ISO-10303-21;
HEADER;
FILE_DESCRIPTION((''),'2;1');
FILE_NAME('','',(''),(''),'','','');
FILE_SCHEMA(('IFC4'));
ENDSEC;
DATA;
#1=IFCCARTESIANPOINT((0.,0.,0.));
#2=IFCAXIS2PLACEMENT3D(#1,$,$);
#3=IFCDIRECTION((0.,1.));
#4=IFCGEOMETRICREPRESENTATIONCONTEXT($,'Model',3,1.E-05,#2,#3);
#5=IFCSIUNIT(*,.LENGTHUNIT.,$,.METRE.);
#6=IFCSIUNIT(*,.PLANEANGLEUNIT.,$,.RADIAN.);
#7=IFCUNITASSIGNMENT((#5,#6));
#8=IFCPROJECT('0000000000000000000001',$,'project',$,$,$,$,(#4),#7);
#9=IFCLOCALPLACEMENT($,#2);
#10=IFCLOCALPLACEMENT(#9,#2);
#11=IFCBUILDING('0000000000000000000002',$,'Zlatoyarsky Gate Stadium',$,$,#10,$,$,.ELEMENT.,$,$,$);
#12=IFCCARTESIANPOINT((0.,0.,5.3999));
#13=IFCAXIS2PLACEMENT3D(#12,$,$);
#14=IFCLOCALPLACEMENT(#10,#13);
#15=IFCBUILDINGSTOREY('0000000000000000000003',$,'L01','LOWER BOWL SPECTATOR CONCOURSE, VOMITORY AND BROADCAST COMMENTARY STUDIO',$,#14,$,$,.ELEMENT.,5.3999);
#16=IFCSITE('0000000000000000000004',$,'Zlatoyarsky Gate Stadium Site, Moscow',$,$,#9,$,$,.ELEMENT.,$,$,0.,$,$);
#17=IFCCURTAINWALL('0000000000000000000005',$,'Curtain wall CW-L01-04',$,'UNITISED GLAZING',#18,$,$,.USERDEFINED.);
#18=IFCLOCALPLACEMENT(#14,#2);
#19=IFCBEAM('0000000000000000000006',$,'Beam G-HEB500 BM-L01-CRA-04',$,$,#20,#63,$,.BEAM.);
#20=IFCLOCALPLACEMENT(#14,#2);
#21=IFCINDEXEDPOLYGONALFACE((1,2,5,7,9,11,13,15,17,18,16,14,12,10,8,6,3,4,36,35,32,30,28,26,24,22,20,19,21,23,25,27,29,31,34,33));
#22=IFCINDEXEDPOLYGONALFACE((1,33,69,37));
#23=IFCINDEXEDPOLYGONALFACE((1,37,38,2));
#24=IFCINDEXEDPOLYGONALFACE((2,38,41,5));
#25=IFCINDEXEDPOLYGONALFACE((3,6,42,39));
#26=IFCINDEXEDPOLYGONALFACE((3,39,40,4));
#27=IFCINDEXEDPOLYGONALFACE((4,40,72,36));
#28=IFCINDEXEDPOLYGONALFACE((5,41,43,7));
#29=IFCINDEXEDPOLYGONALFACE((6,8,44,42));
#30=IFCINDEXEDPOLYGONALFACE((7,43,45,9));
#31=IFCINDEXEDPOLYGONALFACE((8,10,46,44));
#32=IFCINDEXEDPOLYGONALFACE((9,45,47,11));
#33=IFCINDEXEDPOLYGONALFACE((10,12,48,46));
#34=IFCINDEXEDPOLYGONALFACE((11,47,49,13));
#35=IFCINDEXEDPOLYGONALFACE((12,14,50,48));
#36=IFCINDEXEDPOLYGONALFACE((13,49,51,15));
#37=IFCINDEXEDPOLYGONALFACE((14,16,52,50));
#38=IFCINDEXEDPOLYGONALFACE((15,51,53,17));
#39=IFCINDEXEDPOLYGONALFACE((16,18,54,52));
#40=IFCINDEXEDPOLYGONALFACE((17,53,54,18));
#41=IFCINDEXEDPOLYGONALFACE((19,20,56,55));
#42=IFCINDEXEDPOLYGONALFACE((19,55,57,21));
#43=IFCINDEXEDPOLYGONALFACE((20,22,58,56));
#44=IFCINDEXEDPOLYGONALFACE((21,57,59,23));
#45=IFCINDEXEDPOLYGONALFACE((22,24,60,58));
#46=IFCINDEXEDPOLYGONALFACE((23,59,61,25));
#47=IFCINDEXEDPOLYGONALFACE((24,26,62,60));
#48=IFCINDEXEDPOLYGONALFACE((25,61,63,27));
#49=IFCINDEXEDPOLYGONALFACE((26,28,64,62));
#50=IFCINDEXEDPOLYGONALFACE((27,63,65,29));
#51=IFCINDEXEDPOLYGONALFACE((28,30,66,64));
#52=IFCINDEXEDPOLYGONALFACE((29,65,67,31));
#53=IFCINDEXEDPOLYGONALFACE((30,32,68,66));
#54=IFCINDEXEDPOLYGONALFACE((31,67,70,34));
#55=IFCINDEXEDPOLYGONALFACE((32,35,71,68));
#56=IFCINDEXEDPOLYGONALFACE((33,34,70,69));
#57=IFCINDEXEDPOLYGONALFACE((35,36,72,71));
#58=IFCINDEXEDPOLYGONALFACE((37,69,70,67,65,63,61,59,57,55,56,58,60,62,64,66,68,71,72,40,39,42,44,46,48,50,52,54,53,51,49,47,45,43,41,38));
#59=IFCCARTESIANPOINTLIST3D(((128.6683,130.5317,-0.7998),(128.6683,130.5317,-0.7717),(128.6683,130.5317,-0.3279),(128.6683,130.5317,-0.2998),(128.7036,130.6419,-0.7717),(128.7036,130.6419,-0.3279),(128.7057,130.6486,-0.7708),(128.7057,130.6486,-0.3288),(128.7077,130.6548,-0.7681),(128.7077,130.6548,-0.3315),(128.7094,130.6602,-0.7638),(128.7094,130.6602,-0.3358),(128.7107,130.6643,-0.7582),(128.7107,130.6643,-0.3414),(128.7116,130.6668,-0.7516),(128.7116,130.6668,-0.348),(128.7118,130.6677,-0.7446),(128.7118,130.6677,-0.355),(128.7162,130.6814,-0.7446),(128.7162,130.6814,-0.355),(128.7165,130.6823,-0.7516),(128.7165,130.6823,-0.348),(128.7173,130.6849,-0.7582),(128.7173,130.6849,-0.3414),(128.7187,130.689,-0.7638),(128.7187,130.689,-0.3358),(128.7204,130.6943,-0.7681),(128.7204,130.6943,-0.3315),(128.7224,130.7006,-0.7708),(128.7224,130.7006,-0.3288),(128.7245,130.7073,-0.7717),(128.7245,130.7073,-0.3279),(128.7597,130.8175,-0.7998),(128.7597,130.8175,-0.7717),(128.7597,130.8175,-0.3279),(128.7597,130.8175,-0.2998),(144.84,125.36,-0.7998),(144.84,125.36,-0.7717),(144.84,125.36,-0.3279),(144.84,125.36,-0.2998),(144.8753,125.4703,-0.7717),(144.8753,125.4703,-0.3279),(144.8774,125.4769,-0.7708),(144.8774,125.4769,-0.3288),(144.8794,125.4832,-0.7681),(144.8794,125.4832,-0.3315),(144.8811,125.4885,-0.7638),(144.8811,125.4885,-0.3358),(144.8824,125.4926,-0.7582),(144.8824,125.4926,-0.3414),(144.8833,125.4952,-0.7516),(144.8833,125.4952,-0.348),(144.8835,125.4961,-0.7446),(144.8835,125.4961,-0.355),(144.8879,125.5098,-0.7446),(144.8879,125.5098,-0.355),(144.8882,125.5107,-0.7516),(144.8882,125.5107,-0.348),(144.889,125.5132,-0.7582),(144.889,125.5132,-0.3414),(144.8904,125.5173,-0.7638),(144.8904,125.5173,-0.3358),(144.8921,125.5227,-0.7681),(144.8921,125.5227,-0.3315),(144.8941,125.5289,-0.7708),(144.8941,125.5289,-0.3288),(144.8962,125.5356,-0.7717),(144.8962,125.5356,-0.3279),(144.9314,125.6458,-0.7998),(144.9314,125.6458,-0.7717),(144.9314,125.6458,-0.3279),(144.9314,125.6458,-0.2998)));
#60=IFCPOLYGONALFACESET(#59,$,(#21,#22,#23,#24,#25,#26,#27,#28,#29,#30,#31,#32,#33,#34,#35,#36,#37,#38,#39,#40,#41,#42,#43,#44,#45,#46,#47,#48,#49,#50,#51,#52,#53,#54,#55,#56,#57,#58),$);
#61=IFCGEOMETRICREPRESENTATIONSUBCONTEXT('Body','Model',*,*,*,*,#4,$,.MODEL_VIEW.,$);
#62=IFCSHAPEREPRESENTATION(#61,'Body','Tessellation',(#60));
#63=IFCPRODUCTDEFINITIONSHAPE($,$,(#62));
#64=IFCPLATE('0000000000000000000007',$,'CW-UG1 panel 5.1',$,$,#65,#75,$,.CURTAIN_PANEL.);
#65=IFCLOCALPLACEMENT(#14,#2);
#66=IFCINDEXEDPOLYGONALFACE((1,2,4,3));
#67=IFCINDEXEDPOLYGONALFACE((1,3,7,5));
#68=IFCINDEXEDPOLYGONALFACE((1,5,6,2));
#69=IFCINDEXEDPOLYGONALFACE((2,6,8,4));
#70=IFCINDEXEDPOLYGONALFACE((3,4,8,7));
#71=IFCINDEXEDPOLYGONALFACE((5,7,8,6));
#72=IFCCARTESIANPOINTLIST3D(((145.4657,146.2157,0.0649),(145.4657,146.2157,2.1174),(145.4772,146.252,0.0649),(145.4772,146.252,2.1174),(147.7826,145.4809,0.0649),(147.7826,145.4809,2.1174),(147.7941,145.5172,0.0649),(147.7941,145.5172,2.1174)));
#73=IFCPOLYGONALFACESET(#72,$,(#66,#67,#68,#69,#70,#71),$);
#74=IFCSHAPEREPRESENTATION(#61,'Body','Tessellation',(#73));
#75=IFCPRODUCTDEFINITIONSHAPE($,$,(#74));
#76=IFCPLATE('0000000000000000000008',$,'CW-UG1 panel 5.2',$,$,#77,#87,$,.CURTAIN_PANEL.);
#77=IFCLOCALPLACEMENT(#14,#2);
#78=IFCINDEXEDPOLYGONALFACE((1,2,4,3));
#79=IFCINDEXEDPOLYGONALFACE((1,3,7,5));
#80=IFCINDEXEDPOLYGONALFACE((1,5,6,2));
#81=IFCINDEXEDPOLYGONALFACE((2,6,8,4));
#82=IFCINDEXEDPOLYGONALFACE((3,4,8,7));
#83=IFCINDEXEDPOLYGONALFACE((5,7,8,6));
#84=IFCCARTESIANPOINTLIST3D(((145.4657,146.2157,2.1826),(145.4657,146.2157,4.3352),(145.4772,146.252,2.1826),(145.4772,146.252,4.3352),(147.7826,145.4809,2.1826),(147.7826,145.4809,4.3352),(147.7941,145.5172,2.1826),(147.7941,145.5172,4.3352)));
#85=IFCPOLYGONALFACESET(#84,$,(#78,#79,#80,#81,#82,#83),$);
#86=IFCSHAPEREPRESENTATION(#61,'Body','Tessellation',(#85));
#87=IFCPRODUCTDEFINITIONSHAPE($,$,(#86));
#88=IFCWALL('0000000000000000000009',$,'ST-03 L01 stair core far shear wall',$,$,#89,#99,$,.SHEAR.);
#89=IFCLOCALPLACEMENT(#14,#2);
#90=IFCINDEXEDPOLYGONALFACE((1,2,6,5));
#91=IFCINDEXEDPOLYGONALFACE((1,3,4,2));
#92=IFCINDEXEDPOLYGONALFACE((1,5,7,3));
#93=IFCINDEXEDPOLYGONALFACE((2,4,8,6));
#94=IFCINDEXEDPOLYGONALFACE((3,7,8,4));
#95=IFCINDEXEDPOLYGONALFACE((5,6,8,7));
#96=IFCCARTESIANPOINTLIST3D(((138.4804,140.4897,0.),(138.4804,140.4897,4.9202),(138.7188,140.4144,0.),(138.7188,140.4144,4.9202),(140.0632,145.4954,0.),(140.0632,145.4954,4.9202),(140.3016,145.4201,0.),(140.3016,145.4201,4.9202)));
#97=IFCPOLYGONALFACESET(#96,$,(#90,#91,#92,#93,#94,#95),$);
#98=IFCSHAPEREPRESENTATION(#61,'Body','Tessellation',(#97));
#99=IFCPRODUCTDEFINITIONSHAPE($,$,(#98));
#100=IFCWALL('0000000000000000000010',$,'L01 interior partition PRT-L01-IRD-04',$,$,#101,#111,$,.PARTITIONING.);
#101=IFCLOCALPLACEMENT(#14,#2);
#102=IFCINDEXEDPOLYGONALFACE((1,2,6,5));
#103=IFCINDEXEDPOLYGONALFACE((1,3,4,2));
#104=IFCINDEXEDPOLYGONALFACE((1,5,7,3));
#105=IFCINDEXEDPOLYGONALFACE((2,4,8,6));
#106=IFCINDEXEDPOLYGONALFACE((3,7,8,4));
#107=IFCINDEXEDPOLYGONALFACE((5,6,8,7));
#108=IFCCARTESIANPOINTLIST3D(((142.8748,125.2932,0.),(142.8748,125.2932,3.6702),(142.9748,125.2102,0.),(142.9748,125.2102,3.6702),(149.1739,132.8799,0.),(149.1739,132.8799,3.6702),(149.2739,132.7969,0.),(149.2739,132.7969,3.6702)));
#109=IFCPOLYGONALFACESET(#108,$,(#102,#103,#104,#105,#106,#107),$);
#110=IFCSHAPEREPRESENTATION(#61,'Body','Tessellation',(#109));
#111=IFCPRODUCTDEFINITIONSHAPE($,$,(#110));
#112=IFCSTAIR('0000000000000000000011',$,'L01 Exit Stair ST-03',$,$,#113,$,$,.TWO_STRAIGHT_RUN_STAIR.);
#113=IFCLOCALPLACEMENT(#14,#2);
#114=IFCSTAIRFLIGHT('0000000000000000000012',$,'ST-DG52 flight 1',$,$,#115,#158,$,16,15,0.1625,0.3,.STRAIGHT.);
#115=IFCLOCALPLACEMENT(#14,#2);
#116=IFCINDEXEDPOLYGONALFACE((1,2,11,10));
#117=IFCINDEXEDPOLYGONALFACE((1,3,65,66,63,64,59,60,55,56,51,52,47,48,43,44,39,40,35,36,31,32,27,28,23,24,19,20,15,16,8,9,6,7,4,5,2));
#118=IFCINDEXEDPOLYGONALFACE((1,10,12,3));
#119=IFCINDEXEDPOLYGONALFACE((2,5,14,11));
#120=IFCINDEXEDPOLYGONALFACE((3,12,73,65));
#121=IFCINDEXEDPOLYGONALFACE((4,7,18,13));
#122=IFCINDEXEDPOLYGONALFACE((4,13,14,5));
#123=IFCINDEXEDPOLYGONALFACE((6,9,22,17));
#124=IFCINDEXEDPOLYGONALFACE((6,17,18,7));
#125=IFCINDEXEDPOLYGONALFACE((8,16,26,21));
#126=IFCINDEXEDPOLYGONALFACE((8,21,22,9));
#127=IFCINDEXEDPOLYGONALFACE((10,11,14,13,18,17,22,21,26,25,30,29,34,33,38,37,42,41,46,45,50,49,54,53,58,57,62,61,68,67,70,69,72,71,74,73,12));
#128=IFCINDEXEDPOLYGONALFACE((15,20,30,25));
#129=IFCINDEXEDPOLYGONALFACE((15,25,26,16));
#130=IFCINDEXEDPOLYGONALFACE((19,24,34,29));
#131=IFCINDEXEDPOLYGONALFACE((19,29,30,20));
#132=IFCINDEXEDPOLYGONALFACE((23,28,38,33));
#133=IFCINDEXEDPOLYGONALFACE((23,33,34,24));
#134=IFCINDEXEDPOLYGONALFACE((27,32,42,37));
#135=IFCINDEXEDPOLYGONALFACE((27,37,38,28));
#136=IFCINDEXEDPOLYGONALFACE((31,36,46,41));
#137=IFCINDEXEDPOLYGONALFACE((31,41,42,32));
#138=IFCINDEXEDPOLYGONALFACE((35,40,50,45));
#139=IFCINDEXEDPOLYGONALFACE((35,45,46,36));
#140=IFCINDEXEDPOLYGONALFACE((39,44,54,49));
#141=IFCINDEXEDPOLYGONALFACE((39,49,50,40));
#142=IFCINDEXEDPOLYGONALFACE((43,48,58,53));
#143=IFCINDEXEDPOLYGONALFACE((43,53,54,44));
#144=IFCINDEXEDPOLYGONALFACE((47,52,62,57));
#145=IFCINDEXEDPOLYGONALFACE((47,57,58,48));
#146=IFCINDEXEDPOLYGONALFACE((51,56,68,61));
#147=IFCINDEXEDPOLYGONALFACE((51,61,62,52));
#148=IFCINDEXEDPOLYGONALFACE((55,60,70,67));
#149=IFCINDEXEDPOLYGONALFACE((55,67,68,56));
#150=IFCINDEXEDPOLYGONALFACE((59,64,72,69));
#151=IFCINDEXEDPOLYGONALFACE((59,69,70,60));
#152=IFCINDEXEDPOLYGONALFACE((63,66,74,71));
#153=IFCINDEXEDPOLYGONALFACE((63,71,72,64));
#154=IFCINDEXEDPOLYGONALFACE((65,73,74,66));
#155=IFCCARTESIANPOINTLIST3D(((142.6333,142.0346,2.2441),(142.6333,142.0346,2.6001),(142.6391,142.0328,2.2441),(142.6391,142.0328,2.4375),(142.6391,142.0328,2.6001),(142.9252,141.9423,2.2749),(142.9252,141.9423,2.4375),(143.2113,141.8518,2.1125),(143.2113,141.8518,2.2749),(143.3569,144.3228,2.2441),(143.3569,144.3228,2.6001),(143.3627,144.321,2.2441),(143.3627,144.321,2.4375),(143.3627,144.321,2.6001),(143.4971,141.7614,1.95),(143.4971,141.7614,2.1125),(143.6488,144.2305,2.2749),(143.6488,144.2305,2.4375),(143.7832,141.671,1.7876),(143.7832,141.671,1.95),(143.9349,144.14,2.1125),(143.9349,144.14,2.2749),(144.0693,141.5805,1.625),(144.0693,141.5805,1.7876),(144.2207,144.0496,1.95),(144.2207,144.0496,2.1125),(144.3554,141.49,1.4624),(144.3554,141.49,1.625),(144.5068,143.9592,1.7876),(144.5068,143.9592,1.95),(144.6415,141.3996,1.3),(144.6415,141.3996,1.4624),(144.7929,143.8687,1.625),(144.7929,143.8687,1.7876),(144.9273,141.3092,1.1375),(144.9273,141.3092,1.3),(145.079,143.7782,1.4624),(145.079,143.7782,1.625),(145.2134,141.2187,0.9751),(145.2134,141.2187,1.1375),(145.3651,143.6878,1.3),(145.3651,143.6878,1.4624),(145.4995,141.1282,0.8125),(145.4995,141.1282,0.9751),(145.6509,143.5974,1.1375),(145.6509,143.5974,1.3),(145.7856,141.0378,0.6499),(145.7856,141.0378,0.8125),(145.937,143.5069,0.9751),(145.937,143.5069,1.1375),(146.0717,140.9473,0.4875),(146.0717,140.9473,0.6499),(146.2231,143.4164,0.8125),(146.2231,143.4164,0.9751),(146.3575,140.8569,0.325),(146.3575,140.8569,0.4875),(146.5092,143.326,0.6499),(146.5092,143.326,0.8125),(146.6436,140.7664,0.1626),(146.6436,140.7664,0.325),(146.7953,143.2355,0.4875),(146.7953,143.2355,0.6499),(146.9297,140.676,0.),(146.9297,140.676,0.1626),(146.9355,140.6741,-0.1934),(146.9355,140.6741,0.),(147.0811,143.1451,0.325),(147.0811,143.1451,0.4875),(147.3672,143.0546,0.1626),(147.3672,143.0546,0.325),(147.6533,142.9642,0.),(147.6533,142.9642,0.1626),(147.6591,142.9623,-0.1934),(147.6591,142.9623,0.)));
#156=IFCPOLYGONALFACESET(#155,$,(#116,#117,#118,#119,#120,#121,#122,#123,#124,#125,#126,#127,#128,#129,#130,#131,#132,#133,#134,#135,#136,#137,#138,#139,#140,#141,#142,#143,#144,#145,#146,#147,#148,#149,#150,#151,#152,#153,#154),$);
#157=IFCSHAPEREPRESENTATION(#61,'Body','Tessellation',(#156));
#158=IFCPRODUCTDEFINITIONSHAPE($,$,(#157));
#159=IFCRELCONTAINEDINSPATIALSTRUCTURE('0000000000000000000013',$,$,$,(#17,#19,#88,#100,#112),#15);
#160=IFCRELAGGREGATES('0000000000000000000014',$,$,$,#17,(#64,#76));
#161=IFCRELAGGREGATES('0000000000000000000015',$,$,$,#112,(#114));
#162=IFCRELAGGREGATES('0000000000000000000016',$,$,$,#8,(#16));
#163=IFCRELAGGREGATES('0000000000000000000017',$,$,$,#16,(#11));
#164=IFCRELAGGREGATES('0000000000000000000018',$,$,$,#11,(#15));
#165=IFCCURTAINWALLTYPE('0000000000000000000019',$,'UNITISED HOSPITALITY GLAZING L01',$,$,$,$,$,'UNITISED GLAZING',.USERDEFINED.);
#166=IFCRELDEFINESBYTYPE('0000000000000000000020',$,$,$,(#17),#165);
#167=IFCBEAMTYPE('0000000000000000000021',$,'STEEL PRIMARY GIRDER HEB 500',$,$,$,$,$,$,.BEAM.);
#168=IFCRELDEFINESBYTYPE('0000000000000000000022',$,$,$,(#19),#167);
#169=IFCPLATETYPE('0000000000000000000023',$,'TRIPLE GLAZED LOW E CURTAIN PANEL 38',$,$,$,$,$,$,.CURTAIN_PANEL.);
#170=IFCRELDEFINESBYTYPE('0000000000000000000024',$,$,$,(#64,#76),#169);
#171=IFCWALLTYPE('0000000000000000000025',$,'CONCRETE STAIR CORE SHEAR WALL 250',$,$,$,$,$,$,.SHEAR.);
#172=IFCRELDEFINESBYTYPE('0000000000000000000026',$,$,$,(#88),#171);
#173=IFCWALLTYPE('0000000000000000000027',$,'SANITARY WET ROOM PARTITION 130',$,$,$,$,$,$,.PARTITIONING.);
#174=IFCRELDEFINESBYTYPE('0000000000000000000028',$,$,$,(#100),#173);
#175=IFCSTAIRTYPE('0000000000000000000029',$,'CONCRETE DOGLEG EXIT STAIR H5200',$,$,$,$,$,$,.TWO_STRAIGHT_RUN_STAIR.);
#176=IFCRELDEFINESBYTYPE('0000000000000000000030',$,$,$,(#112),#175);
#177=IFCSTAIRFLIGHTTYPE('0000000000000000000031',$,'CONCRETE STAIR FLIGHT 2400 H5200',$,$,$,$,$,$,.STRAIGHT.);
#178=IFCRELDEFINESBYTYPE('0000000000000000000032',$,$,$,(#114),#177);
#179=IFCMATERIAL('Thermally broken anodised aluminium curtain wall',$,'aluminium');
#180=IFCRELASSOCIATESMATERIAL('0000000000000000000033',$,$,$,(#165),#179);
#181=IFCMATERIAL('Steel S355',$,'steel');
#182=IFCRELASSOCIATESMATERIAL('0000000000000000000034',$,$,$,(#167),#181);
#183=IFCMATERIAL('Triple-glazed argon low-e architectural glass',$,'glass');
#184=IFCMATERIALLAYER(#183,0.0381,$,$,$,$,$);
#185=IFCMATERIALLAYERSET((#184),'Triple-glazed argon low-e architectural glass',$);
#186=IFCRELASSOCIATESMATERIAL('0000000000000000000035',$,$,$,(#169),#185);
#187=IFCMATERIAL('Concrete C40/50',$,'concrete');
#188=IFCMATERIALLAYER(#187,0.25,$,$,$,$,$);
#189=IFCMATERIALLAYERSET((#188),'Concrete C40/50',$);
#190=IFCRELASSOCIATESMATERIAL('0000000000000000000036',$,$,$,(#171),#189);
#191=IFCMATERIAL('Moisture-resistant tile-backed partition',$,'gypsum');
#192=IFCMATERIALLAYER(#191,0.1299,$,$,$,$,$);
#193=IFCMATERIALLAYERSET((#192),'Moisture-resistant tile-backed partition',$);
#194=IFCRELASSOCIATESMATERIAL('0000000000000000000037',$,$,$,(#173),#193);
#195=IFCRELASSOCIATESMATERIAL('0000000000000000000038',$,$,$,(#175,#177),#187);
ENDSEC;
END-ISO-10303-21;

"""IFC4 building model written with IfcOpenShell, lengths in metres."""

from ifc_helpers import new_model, si_unit, direction, frame, frame_2d, origin, origin_2d, place, context, subcontext, project, spatial, polyline, rectangle, i_section, outline, extrude, material, layer, layer_set, material_profile, profile_set, type_object, element, aggregate, save


model = new_model("IFC4")

# Units and contexts
model_context = context("Model", 3, precision=1e-05, world=origin(), true_north=direction((0.0, 1.0)))
body_context = subcontext(model_context, "Body", "Model", "MODEL_VIEW")
ifc_project = project(units=[si_unit("LENGTHUNIT", "METRE"), si_unit("PLANEANGLEUNIT", "RADIAN")], contexts=[model_context])

# Site, building, storey
site_placement = place(None, origin())
site = spatial("IfcSite", under=ifc_project, at=site_placement, Name="Zlatoyarsky Gate Stadium Site, Moscow", CompositionType="ELEMENT", RefElevation=0.0)
building_placement = place(site_placement, origin())
building = spatial("IfcBuilding", under=site, at=building_placement, Name="Zlatoyarsky Gate Stadium", CompositionType="ELEMENT")
storey_placement = place(building_placement, frame((0.0, 0.0, 5.3999)))
storey = spatial("IfcBuildingStorey", under=building, at=storey_placement, Name="L01", Description="LOWER BOWL SPECTATOR CONCOURSE, VOMITORY AND BROADCAST COMMENTARY STUDIO", CompositionType="ELEMENT", Elevation=5.3999)

# Shared definitions
ifc_material_1 = material(Name="Concrete C40/50", Category="concrete")

# Curtain wall
ifc_material_2 = material(Name="Thermally broken anodised aluminium curtain wall", Category="aluminium")
curtain_wall_type = type_object("IfcCurtainWallType", Name="UNITISED HOSPITALITY GLAZING L01", ElementType="UNITISED GLAZING", PredefinedType="USERDEFINED", material=ifc_material_2)
curtain_wall_placement = place(storey_placement, origin())
curtain_wall = element("IfcCurtainWall", 1, at=curtain_wall_placement, inside=storey, type_object=curtain_wall_type, Name="Curtain wall CW-L01-04", ObjectType="UNITISED GLAZING", PredefinedType="USERDEFINED")

# Beam
ifc_material_3 = material(Name="Steel S355", Category="steel")
ifc_material_profile_1 = material_profile(ifc_material_3, i_section(OverallWidth=0.3, OverallDepth=0.5, WebThickness=0.0144, FlangeThickness=0.0281, FilletRadius=0.0271, at=origin_2d()), Name="HEB 500")
ifc_profile_set_1 = profile_set([ifc_material_profile_1], Name="Steel S355")
beam_type_1 = type_object("IfcBeamType", Name="STEEL PRIMARY GIRDER HEB 500", PredefinedType="BEAM", material=ifc_profile_set_1)
beam_1_placement = place(storey_placement, frame((144.8857, 125.5029, -0.5498), z_axis=(-0.95248, 0.3046, 0.0), x_axis=(-0.3046, -0.95248, 0.0)))
element("IfcBeam", 2, at=beam_1_placement, inside=storey, type_object=beam_type_1, Name="Beam G-HEB500 BM-L01-CRA-04", PredefinedType="BEAM", context=body_context, shape_type="SweptSolid", body=[
    extrude(i_section(OverallWidth=0.3, OverallDepth=0.5, WebThickness=0.0144, FlangeThickness=0.0281, FilletRadius=0.0271, at=origin_2d()), origin(), (0.0, 0.0, 1.0), 16.9785),
])

# Plates
ifc_material_4 = material(Name="Triple-glazed argon low-e architectural glass", Category="glass")
ifc_layer_1 = layer(ifc_material_4, 0.0381)
ifc_layer_set_1 = layer_set([ifc_layer_1], Name="Triple-glazed argon low-e architectural glass")
plate_type = type_object("IfcPlateType", Name="TRIPLE GLAZED LOW E CURTAIN PANEL 38", PredefinedType="CURTAIN_PANEL", material=ifc_layer_set_1)
plate_1_placement = place(storey_placement, frame((146.6299, 145.8665, 0.0649), z_axis=(0.0, 0.0, 1.0), x_axis=(-0.953202, 0.302334, 0.0)))
plate_1 = element("IfcPlate", 3, at=plate_1_placement, type_object=plate_type, Name="CW-UG1 panel 5.1", PredefinedType="CURTAIN_PANEL", context=body_context, shape_type="SweptSolid", body=[
    extrude(rectangle(XDim=2.4307, YDim=0.0381, at=origin_2d()), origin(), (0.0, 0.0, 1.0), 2.0525),
])
plate_2_placement = place(storey_placement, frame((146.6299, 145.8665, 2.1826), z_axis=(0.0, 0.0, 1.0), x_axis=(-0.953202, 0.302334, 0.0)))
plate_2 = element("IfcPlate", 4, at=plate_2_placement, type_object=plate_type, Name="CW-UG1 panel 5.2", PredefinedType="CURTAIN_PANEL", context=body_context, shape_type="SweptSolid", body=[
    extrude(rectangle(XDim=2.4307, YDim=0.0381, at=origin_2d()), origin(), (0.0, 0.0, 1.0), 2.1526),
])
aggregate(curtain_wall, [plate_1, plate_2])

# Walls
ifc_layer_2 = layer(ifc_material_1, 0.25)
ifc_layer_set_2 = layer_set([ifc_layer_2], Name="Concrete C40/50")
wall_type_1 = type_object("IfcWallType", Name="CONCRETE STAIR CORE SHEAR WALL 250", PredefinedType="SHEAR", material=ifc_layer_set_2)
wall_1_placement = place(storey_placement, frame((140.1824, 145.4578, 0.0), z_axis=(0.0, 0.0, 1.0), x_axis=(-0.301485, -0.953471, 0.0)))
element("IfcWall", 5, at=wall_1_placement, inside=storey, type_object=wall_type_1, Name="ST-03 L01 stair core far shear wall", PredefinedType="SHEAR", context=body_context, shape_type="SweptSolid", body=[
    extrude(rectangle(XDim=5.25, YDim=0.25, at=frame_2d((2.625, 0.0))), origin(), (0.0, 0.0, 1.0), 4.9202),
])
ifc_material_5 = material(Name="Moisture-resistant tile-backed partition", Category="gypsum")
ifc_layer_3 = layer(ifc_material_5, 0.1299)
ifc_layer_set_3 = layer_set([ifc_layer_3], Name="Moisture-resistant tile-backed partition")
wall_type_2 = type_object("IfcWallType", Name="SANITARY WET ROOM PARTITION 130", PredefinedType="PARTITIONING", material=ifc_layer_set_3)
wall_2_placement = place(storey_placement, frame((142.9248, 125.2517, 0.0), z_axis=(0.0, 0.0, 1.0), x_axis=(0.638798, 0.769375, 0.0)))
element("IfcWall", 6, at=wall_2_placement, inside=storey, type_object=wall_type_2, Name="L01 interior partition PRT-L01-IRD-04", PredefinedType="PARTITIONING", context=body_context, shape_type="SweptSolid", body=[
    extrude(rectangle(XDim=9.8608, YDim=0.1299, at=frame_2d((4.9304, 0.0))), origin(), (0.0, 0.0, 1.0), 3.6702),
])

# Stair, stair flight
stair_type = type_object("IfcStairType", Name="CONCRETE DOGLEG EXIT STAIR H5200", PredefinedType="TWO_STRAIGHT_RUN_STAIR", material=ifc_material_1)
stair_placement = place(storey_placement, origin())
stair = element("IfcStair", 7, at=stair_placement, inside=storey, type_object=stair_type, Name="L01 Exit Stair ST-03", PredefinedType="TWO_STRAIGHT_RUN_STAIR")
stair_flight_type = type_object("IfcStairFlightType", Name="CONCRETE STAIR FLIGHT 2400 H5200", PredefinedType="STRAIGHT", material=ifc_material_1)
stair_flight_1_placement = place(storey_placement, frame((147.2915, 141.8201, 0.0), z_axis=(0.0, 0.0, 1.0), x_axis=(-0.953463, 0.30151, 0.0)))
stair_flight_1 = element("IfcStairFlight", 8, at=stair_flight_1_placement, type_object=stair_flight_type, Name="ST-DG52 flight 1", NumberOfRisers=16, NumberOfTreads=15, PredefinedType="STRAIGHT", RiserHeight=0.1625, TreadLength=0.3, context=body_context, shape_type="SweptSolid", body=[
    extrude(outline(polyline([(-0.0061, -0.1934), (-0.0061, 0.0), (0.0, 0.0), (0.0, 0.1626), (0.3, 0.1626), (0.3, 0.325), (0.6001, 0.325), (0.6001, 0.4875), (0.8999, 0.4875), (0.8999, 0.6499), (1.2, 0.6499), (1.2, 0.8125), (1.5, 0.8125), (1.5, 0.9751), (1.8, 0.9751), (1.8, 1.1375), (2.1001, 1.1375), (2.1001, 1.3), (2.3999, 1.3), (2.3999, 1.4624), (2.7, 1.4624), (2.7, 1.625), (3.0, 1.625), (3.0, 1.7876), (3.3, 1.7876), (3.3, 1.95), (3.6001, 1.95), (3.6001, 2.1125), (3.8999, 2.1125), (3.8999, 2.2749), (4.2, 2.2749), (4.2, 2.4375), (4.5, 2.4375), (4.5, 2.6001), (4.5061, 2.6001), (4.5061, 2.2441), (4.5, 2.2441), (-0.0061, -0.1934)])), frame((0.0, 1.2, 0.0), z_axis=(0.0, -1.0, 0.0), x_axis=(1.0, 0.0, 0.0)), (0.0, 0.0, 1.0), 2.3999),
])
aggregate(stair, [stair_flight_1])

save(model, "model.ifc")
